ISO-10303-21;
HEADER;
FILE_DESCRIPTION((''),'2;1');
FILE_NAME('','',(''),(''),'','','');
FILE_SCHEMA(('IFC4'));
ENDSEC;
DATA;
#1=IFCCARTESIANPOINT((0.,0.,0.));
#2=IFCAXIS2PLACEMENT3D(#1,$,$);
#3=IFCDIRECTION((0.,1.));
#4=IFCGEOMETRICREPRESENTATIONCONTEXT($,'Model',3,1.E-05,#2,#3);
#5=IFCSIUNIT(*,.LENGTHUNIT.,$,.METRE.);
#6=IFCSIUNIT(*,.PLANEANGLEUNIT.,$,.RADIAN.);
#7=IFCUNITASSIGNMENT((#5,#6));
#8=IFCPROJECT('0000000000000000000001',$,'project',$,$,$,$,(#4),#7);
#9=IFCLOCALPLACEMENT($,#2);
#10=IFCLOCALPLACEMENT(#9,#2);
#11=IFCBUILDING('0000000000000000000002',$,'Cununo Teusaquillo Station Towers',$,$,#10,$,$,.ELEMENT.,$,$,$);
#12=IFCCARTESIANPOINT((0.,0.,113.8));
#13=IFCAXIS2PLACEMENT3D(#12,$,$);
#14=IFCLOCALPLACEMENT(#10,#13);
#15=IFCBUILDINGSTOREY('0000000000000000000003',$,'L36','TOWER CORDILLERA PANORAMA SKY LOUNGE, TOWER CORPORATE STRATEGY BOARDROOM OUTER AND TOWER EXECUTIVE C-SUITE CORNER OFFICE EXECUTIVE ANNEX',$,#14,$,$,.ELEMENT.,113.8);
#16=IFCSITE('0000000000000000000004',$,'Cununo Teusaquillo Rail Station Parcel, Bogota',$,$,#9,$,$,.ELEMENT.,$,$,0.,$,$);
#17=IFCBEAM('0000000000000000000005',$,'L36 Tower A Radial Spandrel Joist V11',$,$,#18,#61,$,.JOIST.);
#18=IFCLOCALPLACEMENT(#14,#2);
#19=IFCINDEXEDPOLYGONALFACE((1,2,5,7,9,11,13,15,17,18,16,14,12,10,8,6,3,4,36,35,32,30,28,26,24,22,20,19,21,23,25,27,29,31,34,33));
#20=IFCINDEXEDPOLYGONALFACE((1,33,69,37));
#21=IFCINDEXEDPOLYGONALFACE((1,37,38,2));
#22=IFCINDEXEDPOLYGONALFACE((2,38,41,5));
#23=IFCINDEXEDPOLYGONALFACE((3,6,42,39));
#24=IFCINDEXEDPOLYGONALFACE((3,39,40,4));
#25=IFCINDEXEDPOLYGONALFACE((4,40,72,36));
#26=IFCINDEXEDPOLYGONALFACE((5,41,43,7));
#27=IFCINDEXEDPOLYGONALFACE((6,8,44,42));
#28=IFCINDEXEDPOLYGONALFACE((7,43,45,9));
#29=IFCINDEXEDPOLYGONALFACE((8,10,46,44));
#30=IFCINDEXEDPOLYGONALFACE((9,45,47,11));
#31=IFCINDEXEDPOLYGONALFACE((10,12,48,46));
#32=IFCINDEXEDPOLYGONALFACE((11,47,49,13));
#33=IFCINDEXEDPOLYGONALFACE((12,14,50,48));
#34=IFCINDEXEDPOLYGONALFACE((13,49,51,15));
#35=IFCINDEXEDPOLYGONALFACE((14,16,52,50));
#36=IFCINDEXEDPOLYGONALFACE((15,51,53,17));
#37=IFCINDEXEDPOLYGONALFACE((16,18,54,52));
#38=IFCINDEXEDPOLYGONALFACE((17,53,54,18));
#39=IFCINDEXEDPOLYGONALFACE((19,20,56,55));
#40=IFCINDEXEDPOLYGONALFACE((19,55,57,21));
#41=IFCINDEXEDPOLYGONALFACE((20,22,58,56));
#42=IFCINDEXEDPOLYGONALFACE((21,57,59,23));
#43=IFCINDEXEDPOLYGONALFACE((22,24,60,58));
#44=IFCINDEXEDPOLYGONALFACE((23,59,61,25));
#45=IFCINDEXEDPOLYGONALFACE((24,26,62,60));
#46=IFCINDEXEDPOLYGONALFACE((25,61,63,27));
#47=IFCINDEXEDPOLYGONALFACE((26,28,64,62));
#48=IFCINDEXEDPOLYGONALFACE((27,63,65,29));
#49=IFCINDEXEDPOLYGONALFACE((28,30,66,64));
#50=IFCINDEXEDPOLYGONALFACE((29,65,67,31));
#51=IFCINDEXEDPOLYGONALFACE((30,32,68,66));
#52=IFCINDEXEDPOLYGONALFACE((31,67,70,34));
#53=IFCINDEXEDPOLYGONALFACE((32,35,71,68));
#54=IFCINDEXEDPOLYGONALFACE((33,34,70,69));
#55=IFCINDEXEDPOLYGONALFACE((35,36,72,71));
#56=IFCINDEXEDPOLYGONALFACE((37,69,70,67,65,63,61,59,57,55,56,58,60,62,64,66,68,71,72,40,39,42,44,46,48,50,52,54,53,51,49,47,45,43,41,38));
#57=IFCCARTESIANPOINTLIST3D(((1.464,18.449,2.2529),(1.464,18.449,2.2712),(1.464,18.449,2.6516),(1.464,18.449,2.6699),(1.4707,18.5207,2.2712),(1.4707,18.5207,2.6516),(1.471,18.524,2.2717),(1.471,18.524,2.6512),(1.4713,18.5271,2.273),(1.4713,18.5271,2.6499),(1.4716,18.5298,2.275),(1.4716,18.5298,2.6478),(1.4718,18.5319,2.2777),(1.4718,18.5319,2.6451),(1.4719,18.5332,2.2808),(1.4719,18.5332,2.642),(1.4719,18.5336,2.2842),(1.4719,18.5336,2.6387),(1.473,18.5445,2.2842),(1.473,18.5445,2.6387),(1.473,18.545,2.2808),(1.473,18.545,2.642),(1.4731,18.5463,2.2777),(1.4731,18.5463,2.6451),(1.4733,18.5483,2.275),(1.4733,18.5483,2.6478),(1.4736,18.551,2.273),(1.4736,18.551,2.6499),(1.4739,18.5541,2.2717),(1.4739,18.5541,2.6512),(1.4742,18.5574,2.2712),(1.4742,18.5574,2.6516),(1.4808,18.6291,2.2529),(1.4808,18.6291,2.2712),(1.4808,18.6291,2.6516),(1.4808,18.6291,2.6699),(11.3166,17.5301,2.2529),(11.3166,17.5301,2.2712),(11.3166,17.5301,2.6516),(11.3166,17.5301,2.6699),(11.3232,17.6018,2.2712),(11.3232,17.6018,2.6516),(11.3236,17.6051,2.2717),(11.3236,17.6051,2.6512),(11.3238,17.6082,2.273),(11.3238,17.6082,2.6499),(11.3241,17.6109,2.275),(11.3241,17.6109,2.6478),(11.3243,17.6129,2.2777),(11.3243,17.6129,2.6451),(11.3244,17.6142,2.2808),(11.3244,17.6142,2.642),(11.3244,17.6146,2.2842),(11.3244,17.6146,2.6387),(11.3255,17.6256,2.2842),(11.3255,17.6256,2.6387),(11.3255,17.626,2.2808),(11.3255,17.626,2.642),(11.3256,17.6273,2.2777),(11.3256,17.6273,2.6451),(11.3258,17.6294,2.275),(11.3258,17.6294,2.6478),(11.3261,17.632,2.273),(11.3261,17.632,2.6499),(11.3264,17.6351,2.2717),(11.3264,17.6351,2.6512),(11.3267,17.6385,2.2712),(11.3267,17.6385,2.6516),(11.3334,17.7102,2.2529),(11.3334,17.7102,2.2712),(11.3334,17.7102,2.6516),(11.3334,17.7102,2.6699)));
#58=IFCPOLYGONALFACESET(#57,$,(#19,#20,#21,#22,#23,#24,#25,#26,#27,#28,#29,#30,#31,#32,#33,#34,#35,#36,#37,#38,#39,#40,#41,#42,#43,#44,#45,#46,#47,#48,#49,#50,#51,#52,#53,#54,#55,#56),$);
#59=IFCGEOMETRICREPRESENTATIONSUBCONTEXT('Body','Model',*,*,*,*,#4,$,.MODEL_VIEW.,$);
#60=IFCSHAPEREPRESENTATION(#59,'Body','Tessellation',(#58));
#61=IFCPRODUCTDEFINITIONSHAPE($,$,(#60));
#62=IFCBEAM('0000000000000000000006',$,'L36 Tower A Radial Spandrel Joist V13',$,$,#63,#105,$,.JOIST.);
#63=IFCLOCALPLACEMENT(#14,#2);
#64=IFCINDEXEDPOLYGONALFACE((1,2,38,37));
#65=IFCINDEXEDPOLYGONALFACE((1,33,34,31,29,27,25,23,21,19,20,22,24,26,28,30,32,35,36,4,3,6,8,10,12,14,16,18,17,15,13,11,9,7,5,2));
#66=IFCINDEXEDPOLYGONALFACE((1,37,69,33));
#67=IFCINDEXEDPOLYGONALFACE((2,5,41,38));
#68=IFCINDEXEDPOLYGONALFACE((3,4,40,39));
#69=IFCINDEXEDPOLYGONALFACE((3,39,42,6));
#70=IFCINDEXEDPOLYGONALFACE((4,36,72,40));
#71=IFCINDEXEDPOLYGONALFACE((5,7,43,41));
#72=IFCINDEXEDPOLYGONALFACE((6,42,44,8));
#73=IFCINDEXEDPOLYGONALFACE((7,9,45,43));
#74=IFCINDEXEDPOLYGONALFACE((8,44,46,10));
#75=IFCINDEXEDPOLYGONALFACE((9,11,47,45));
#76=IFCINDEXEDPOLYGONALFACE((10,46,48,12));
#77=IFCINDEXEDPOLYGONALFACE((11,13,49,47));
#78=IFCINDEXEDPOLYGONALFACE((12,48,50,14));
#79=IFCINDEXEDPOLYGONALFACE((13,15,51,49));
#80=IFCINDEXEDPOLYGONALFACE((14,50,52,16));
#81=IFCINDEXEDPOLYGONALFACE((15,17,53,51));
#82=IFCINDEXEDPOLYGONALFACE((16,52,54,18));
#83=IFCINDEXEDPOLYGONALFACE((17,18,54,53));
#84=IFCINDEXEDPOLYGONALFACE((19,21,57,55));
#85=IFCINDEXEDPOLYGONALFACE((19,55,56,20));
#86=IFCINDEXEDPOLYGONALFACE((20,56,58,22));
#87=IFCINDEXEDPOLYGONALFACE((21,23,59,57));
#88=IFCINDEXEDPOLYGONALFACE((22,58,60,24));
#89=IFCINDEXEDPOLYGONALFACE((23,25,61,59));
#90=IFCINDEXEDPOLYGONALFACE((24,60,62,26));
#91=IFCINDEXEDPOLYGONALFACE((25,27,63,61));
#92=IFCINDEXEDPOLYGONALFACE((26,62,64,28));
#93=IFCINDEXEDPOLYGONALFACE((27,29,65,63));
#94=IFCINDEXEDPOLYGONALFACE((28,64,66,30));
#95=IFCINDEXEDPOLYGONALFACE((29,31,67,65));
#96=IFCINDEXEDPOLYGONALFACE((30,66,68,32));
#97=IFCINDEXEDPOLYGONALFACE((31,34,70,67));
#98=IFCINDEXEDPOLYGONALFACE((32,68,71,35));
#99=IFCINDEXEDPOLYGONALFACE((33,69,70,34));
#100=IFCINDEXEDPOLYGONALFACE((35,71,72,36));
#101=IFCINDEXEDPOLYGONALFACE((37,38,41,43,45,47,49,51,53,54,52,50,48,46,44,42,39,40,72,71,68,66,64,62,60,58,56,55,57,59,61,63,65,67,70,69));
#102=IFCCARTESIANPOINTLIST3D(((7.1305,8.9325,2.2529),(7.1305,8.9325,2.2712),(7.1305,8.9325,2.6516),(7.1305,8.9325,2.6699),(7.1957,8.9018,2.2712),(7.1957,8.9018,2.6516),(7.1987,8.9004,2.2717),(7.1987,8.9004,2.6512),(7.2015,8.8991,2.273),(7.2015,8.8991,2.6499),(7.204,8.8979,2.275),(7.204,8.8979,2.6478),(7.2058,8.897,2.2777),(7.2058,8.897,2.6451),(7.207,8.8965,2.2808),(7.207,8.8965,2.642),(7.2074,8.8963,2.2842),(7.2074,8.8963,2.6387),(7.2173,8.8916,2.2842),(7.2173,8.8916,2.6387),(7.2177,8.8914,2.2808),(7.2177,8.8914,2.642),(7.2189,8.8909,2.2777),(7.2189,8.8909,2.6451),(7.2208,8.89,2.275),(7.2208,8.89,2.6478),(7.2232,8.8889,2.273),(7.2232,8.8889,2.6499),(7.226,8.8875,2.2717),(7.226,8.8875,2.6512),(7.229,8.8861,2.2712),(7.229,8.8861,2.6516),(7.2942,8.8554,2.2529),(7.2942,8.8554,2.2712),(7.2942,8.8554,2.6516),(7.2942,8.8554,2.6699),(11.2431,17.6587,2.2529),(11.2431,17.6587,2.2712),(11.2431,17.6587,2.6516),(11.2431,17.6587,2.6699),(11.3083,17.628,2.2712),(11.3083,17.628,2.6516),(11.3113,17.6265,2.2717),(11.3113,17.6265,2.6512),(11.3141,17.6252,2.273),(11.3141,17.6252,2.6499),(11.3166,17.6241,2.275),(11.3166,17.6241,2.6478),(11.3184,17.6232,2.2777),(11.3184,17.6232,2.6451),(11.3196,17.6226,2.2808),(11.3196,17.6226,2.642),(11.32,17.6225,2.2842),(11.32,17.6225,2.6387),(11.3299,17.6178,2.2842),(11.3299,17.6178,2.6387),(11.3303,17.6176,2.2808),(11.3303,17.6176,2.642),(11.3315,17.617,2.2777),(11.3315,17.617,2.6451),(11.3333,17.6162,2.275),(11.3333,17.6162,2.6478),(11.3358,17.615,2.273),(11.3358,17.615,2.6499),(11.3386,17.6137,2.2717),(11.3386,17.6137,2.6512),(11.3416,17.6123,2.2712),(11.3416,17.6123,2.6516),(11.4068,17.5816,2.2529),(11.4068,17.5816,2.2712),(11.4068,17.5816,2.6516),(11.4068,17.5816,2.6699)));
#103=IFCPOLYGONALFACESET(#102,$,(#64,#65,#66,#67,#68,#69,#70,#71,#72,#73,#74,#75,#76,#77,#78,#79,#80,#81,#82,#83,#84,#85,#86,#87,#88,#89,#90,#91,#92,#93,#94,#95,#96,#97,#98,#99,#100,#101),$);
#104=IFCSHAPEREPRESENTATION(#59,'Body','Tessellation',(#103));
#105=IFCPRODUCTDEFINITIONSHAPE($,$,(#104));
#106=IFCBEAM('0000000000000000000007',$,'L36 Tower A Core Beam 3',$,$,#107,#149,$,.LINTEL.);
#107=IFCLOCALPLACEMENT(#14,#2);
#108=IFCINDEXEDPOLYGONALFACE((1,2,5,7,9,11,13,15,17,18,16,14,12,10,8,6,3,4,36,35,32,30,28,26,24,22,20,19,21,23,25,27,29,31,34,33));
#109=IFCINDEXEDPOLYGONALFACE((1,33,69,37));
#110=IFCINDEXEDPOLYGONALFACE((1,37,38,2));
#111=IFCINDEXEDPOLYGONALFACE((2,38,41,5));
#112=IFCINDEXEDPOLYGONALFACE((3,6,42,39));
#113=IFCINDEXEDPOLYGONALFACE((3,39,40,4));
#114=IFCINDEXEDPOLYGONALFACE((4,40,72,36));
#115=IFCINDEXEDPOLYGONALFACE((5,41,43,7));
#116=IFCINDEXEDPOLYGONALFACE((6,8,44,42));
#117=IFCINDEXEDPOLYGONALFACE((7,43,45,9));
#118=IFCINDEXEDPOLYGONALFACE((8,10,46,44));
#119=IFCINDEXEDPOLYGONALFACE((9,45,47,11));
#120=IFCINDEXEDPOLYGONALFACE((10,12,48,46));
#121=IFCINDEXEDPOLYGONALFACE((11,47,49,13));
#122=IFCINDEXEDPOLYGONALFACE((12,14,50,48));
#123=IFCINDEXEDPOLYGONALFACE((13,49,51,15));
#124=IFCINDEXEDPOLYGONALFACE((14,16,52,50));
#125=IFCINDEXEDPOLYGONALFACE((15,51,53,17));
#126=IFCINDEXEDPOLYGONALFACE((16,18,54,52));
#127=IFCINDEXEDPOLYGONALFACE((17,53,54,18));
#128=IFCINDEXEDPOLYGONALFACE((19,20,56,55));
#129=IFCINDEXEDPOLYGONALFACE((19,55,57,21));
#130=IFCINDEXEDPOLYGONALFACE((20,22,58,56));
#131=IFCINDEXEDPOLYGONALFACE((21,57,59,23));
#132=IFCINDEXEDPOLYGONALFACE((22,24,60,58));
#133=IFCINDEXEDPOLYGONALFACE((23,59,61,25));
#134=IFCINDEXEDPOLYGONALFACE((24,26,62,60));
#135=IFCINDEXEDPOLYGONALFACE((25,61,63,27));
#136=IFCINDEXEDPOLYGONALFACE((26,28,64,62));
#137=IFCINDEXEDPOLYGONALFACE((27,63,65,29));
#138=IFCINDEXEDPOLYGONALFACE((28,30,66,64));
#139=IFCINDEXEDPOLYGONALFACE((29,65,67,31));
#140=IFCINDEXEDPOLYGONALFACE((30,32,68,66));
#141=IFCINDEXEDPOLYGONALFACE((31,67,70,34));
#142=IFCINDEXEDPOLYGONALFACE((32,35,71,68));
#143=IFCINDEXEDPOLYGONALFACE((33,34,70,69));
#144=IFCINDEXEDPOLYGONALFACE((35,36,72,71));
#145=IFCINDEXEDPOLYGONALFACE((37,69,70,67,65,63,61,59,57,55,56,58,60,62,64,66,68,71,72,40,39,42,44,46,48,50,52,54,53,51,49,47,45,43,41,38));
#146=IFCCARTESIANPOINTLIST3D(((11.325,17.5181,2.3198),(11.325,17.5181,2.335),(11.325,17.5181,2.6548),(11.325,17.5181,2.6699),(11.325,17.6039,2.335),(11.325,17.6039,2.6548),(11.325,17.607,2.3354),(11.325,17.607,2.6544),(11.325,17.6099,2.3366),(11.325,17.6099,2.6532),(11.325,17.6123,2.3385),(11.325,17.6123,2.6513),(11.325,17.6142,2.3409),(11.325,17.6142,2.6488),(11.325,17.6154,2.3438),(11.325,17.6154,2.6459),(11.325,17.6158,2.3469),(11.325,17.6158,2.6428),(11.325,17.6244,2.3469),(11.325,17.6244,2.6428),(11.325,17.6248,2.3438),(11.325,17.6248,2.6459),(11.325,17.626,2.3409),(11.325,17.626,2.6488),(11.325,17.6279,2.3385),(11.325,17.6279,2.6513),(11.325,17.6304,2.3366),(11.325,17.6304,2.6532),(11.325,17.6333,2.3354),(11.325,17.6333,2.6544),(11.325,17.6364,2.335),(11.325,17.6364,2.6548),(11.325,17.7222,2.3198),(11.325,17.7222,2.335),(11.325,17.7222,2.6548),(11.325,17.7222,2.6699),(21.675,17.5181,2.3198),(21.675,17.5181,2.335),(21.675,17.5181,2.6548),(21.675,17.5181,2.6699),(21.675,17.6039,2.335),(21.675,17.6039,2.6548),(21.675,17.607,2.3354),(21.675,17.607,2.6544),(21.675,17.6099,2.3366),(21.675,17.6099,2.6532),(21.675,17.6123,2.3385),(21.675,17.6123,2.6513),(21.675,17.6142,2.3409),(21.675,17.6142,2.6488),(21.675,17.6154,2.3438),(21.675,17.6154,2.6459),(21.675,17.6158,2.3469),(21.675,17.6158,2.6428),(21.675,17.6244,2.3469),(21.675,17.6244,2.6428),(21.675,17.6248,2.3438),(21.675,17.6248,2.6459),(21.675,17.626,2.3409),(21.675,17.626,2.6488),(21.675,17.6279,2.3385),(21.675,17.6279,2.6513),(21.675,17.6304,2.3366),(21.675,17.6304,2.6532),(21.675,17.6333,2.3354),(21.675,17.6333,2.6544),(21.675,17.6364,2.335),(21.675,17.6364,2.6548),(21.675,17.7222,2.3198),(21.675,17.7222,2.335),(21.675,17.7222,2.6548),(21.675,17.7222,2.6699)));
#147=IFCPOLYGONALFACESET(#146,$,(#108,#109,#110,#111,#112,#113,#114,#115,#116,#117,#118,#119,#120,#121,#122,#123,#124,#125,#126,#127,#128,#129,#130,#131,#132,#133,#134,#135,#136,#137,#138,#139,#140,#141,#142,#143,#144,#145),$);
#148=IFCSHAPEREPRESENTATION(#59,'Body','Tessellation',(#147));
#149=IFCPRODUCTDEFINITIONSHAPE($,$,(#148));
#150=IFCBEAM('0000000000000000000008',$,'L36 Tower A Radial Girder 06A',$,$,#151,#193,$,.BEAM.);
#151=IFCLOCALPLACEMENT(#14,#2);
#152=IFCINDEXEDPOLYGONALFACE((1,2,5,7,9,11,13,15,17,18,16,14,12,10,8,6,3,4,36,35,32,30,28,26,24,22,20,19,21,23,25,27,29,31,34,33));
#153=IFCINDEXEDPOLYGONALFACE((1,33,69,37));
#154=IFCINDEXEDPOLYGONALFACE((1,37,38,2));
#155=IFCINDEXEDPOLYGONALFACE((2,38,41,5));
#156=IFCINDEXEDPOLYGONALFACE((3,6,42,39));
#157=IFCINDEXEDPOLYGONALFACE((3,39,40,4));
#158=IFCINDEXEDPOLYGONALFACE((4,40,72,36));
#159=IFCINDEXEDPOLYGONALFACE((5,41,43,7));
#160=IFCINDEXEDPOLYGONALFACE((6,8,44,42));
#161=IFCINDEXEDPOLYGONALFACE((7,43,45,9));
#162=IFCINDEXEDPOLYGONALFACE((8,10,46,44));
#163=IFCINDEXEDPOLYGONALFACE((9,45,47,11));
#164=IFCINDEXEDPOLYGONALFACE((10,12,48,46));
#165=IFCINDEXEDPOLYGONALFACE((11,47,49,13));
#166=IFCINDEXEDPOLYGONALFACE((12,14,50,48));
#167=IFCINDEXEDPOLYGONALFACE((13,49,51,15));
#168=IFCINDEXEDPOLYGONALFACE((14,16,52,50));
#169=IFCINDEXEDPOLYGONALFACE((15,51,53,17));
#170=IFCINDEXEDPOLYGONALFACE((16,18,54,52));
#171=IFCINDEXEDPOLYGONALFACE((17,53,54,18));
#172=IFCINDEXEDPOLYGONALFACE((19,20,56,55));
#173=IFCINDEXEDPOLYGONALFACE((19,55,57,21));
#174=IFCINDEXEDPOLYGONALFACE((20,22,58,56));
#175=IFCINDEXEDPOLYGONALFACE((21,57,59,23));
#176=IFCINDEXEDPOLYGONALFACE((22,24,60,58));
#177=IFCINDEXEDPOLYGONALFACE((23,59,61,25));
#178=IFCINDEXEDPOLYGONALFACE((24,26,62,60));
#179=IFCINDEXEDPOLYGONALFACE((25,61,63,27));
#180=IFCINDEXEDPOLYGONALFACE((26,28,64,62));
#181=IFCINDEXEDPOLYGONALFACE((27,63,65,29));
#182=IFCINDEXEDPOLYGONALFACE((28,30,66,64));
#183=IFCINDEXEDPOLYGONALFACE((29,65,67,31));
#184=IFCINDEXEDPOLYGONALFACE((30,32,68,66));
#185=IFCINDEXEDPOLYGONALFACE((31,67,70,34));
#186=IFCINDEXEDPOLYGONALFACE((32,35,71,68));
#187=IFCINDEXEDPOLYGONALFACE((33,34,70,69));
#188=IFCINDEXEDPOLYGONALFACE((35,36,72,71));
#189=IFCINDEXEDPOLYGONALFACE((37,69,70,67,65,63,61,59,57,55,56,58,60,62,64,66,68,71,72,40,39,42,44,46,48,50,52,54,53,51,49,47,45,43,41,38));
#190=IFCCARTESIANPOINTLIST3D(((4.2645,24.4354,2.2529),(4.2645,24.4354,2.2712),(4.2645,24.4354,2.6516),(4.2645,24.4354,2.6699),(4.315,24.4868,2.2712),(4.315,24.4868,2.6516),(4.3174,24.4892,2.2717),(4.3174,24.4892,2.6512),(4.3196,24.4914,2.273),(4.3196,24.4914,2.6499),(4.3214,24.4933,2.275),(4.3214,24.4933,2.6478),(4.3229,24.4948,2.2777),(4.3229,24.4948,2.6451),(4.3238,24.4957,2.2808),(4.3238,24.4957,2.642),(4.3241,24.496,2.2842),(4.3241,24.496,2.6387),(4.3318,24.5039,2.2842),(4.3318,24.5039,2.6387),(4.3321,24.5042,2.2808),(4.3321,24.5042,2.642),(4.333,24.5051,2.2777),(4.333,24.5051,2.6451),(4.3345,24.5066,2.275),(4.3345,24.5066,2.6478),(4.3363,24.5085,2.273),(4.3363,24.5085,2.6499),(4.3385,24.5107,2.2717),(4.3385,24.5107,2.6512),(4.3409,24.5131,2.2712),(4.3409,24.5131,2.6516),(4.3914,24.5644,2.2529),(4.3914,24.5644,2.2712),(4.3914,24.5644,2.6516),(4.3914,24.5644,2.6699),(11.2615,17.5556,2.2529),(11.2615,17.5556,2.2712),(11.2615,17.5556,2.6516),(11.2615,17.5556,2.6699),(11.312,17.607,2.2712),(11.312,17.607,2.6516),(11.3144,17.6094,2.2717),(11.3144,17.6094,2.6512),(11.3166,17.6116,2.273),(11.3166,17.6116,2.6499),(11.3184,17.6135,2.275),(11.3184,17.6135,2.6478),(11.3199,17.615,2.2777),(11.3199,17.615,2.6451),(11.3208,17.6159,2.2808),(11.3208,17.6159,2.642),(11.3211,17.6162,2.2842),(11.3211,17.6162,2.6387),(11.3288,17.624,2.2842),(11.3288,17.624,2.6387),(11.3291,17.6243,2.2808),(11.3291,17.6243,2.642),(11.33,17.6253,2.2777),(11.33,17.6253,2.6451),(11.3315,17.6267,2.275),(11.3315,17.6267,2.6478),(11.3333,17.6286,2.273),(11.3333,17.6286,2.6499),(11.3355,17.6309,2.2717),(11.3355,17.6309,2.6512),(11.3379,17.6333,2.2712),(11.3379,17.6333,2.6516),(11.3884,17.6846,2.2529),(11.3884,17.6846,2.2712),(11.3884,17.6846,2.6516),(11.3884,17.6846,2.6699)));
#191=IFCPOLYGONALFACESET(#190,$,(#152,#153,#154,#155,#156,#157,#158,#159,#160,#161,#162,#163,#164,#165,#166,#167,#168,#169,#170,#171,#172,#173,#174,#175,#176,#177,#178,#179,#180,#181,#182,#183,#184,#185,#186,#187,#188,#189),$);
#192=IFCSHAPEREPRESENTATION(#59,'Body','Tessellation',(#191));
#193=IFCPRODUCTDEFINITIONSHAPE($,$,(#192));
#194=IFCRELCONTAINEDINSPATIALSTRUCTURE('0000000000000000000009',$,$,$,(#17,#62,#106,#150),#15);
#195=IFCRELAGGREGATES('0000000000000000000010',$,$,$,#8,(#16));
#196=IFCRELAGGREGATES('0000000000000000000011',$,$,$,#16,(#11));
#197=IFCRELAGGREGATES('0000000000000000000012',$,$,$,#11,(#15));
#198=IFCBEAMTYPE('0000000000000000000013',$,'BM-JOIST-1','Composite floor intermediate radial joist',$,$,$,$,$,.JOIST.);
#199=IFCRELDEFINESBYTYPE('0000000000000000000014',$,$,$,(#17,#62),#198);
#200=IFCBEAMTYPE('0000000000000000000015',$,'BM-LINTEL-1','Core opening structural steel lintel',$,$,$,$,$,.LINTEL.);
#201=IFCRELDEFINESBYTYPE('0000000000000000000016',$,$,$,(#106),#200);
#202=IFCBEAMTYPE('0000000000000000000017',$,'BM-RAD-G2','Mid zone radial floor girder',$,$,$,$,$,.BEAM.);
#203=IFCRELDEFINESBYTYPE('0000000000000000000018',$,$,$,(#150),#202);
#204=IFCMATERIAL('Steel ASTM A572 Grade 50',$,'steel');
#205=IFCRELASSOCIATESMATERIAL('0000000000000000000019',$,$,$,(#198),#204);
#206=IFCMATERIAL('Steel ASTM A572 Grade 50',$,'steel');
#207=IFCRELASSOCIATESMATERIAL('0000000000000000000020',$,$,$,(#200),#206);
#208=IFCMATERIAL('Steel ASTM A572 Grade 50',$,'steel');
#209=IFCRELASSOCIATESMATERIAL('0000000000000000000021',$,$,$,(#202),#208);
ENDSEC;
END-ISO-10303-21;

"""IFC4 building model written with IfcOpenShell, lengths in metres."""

from ifc_helpers import new_model, si_unit, direction, frame, origin, origin_2d, place, context, subcontext, project, spatial, i_section, extrude, material, material_profile, profile_set, type_object, element, save


model = new_model("IFC4")

# Units and contexts
model_context = context("Model", 3, precision=1e-05, world=origin(), true_north=direction((0.0, 1.0)))
body_context = subcontext(model_context, "Body", "Model", "MODEL_VIEW")
ifc_project = project(units=[si_unit("LENGTHUNIT", "METRE"), si_unit("PLANEANGLEUNIT", "RADIAN")], contexts=[model_context])

# Site, building, storey
site_placement = place(None, origin())
site = spatial("IfcSite", under=ifc_project, at=site_placement, Name="Cununo Teusaquillo Rail Station Parcel, Bogota", CompositionType="ELEMENT", RefElevation=0.0)
building_placement = place(site_placement, origin())
building = spatial("IfcBuilding", under=site, at=building_placement, Name="Cununo Teusaquillo Station Towers", CompositionType="ELEMENT")
storey_placement = place(building_placement, frame((0.0, 0.0, 113.8)))
storey = spatial("IfcBuildingStorey", under=building, at=storey_placement, Name="L36", Description="TOWER CORDILLERA PANORAMA SKY LOUNGE, TOWER CORPORATE STRATEGY BOARDROOM OUTER AND TOWER EXECUTIVE C-SUITE CORNER OFFICE EXECUTIVE ANNEX", CompositionType="ELEMENT", Elevation=113.8)

# Beams
ifc_material_1 = material(Name="Steel ASTM A572 Grade 50", Category="steel")
ifc_material_profile_1 = material_profile(ifc_material_1, i_section(OverallWidth=0.1809, OverallDepth=0.417, WebThickness=0.011, FlangeThickness=0.0183, FilletRadius=0.0129, at=origin_2d()), Name="W16X57")
ifc_profile_set_1 = profile_set([ifc_material_profile_1], Name="Steel ASTM A572 Grade 50")
beam_type_1 = type_object("IfcBeamType", Name="BM-JOIST-1", Description="Composite floor intermediate radial joist", PredefinedType="JOIST", material=ifc_profile_set_1)
beam_1_placement = place(storey_placement, frame((11.325, 17.6201, 2.4614), z_axis=(-0.995679, 0.092867, 0.0), x_axis=(-0.092867, -0.995679, 0.0)))
element("IfcBeam", 1, at=beam_1_placement, inside=storey, type_object=beam_type_1, Name="L36 Tower A Radial Spandrel Joist V11", PredefinedType="JOIST", context=body_context, shape_type="SweptSolid", body=[
    extrude(i_section(OverallWidth=0.1809, OverallDepth=0.417, WebThickness=0.011, FlangeThickness=0.0183, FilletRadius=0.0129, at=origin_2d()), origin(), (0.0, 0.0, 1.0), 9.8953),
])
beam_2_placement = place(storey_placement, frame((11.325, 17.6201, 2.4614), z_axis=(-0.42632, -0.904572, 0.0), x_axis=(0.904572, -0.42632, 0.0)))
element("IfcBeam", 2, at=beam_2_placement, inside=storey, type_object=beam_type_1, Name="L36 Tower A Radial Spandrel Joist V13", PredefinedType="JOIST", context=body_context, shape_type="SweptSolid", body=[
    extrude(i_section(OverallWidth=0.1809, OverallDepth=0.417, WebThickness=0.011, FlangeThickness=0.0183, FilletRadius=0.0129, at=origin_2d()), origin(), (0.0, 0.0, 1.0), 9.6467),
])
ifc_material_2 = material(Name="Steel ASTM A572 Grade 50", Category="steel")
ifc_material_profile_2 = material_profile(ifc_material_2, i_section(OverallWidth=0.2041, OverallDepth=0.3501, WebThickness=0.0085, FlangeThickness=0.0151, FilletRadius=0.012, at=origin_2d()), Name="W14X48")
ifc_profile_set_2 = profile_set([ifc_material_profile_2], Name="Steel ASTM A572 Grade 50")
beam_type_2 = type_object("IfcBeamType", Name="BM-LINTEL-1", Description="Core opening structural steel lintel", PredefinedType="LINTEL", material=ifc_profile_set_2)
beam_3_placement = place(storey_placement, frame((11.325, 17.6201, 2.4949), z_axis=(1.0, 0.0, 0.0), x_axis=(0.0, 1.0, 0.0)))
element("IfcBeam", 3, at=beam_3_placement, inside=storey, type_object=beam_type_2, Name="L36 Tower A Core Beam 3", PredefinedType="LINTEL", context=body_context, shape_type="SweptSolid", body=[
    extrude(i_section(OverallWidth=0.2041, OverallDepth=0.3501, WebThickness=0.0085, FlangeThickness=0.0151, FilletRadius=0.012, at=origin_2d()), origin(), (0.0, 0.0, 1.0), 10.3501),
])
ifc_material_3 = material(Name="Steel ASTM A572 Grade 50", Category="steel")
ifc_material_profile_3 = material_profile(ifc_material_3, i_section(OverallWidth=0.1809, OverallDepth=0.417, WebThickness=0.011, FlangeThickness=0.0183, FilletRadius=0.0129, at=origin_2d()), Name="W16X57")
ifc_profile_set_3 = profile_set([ifc_material_profile_3], Name="Steel ASTM A572 Grade 50")
beam_type_3 = type_object("IfcBeamType", Name="BM-RAD-G2", Description="Mid zone radial floor girder", PredefinedType="BEAM", material=ifc_profile_set_3)
beam_4_placement = place(storey_placement, frame((11.325, 17.6201, 2.4614), z_axis=(-0.713053, 0.70111, 0.0), x_axis=(-0.70111, -0.713053, 0.0)))
element("IfcBeam", 4, at=beam_4_placement, inside=storey, type_object=beam_type_3, Name="L36 Tower A Radial Girder 06A", PredefinedType="BEAM", context=body_context, shape_type="SweptSolid", body=[
    extrude(i_section(OverallWidth=0.1809, OverallDepth=0.417, WebThickness=0.011, FlangeThickness=0.0183, FilletRadius=0.0129, at=origin_2d()), origin(), (0.0, 0.0, 1.0), 9.8127),
])

save(model, "model.ifc")
